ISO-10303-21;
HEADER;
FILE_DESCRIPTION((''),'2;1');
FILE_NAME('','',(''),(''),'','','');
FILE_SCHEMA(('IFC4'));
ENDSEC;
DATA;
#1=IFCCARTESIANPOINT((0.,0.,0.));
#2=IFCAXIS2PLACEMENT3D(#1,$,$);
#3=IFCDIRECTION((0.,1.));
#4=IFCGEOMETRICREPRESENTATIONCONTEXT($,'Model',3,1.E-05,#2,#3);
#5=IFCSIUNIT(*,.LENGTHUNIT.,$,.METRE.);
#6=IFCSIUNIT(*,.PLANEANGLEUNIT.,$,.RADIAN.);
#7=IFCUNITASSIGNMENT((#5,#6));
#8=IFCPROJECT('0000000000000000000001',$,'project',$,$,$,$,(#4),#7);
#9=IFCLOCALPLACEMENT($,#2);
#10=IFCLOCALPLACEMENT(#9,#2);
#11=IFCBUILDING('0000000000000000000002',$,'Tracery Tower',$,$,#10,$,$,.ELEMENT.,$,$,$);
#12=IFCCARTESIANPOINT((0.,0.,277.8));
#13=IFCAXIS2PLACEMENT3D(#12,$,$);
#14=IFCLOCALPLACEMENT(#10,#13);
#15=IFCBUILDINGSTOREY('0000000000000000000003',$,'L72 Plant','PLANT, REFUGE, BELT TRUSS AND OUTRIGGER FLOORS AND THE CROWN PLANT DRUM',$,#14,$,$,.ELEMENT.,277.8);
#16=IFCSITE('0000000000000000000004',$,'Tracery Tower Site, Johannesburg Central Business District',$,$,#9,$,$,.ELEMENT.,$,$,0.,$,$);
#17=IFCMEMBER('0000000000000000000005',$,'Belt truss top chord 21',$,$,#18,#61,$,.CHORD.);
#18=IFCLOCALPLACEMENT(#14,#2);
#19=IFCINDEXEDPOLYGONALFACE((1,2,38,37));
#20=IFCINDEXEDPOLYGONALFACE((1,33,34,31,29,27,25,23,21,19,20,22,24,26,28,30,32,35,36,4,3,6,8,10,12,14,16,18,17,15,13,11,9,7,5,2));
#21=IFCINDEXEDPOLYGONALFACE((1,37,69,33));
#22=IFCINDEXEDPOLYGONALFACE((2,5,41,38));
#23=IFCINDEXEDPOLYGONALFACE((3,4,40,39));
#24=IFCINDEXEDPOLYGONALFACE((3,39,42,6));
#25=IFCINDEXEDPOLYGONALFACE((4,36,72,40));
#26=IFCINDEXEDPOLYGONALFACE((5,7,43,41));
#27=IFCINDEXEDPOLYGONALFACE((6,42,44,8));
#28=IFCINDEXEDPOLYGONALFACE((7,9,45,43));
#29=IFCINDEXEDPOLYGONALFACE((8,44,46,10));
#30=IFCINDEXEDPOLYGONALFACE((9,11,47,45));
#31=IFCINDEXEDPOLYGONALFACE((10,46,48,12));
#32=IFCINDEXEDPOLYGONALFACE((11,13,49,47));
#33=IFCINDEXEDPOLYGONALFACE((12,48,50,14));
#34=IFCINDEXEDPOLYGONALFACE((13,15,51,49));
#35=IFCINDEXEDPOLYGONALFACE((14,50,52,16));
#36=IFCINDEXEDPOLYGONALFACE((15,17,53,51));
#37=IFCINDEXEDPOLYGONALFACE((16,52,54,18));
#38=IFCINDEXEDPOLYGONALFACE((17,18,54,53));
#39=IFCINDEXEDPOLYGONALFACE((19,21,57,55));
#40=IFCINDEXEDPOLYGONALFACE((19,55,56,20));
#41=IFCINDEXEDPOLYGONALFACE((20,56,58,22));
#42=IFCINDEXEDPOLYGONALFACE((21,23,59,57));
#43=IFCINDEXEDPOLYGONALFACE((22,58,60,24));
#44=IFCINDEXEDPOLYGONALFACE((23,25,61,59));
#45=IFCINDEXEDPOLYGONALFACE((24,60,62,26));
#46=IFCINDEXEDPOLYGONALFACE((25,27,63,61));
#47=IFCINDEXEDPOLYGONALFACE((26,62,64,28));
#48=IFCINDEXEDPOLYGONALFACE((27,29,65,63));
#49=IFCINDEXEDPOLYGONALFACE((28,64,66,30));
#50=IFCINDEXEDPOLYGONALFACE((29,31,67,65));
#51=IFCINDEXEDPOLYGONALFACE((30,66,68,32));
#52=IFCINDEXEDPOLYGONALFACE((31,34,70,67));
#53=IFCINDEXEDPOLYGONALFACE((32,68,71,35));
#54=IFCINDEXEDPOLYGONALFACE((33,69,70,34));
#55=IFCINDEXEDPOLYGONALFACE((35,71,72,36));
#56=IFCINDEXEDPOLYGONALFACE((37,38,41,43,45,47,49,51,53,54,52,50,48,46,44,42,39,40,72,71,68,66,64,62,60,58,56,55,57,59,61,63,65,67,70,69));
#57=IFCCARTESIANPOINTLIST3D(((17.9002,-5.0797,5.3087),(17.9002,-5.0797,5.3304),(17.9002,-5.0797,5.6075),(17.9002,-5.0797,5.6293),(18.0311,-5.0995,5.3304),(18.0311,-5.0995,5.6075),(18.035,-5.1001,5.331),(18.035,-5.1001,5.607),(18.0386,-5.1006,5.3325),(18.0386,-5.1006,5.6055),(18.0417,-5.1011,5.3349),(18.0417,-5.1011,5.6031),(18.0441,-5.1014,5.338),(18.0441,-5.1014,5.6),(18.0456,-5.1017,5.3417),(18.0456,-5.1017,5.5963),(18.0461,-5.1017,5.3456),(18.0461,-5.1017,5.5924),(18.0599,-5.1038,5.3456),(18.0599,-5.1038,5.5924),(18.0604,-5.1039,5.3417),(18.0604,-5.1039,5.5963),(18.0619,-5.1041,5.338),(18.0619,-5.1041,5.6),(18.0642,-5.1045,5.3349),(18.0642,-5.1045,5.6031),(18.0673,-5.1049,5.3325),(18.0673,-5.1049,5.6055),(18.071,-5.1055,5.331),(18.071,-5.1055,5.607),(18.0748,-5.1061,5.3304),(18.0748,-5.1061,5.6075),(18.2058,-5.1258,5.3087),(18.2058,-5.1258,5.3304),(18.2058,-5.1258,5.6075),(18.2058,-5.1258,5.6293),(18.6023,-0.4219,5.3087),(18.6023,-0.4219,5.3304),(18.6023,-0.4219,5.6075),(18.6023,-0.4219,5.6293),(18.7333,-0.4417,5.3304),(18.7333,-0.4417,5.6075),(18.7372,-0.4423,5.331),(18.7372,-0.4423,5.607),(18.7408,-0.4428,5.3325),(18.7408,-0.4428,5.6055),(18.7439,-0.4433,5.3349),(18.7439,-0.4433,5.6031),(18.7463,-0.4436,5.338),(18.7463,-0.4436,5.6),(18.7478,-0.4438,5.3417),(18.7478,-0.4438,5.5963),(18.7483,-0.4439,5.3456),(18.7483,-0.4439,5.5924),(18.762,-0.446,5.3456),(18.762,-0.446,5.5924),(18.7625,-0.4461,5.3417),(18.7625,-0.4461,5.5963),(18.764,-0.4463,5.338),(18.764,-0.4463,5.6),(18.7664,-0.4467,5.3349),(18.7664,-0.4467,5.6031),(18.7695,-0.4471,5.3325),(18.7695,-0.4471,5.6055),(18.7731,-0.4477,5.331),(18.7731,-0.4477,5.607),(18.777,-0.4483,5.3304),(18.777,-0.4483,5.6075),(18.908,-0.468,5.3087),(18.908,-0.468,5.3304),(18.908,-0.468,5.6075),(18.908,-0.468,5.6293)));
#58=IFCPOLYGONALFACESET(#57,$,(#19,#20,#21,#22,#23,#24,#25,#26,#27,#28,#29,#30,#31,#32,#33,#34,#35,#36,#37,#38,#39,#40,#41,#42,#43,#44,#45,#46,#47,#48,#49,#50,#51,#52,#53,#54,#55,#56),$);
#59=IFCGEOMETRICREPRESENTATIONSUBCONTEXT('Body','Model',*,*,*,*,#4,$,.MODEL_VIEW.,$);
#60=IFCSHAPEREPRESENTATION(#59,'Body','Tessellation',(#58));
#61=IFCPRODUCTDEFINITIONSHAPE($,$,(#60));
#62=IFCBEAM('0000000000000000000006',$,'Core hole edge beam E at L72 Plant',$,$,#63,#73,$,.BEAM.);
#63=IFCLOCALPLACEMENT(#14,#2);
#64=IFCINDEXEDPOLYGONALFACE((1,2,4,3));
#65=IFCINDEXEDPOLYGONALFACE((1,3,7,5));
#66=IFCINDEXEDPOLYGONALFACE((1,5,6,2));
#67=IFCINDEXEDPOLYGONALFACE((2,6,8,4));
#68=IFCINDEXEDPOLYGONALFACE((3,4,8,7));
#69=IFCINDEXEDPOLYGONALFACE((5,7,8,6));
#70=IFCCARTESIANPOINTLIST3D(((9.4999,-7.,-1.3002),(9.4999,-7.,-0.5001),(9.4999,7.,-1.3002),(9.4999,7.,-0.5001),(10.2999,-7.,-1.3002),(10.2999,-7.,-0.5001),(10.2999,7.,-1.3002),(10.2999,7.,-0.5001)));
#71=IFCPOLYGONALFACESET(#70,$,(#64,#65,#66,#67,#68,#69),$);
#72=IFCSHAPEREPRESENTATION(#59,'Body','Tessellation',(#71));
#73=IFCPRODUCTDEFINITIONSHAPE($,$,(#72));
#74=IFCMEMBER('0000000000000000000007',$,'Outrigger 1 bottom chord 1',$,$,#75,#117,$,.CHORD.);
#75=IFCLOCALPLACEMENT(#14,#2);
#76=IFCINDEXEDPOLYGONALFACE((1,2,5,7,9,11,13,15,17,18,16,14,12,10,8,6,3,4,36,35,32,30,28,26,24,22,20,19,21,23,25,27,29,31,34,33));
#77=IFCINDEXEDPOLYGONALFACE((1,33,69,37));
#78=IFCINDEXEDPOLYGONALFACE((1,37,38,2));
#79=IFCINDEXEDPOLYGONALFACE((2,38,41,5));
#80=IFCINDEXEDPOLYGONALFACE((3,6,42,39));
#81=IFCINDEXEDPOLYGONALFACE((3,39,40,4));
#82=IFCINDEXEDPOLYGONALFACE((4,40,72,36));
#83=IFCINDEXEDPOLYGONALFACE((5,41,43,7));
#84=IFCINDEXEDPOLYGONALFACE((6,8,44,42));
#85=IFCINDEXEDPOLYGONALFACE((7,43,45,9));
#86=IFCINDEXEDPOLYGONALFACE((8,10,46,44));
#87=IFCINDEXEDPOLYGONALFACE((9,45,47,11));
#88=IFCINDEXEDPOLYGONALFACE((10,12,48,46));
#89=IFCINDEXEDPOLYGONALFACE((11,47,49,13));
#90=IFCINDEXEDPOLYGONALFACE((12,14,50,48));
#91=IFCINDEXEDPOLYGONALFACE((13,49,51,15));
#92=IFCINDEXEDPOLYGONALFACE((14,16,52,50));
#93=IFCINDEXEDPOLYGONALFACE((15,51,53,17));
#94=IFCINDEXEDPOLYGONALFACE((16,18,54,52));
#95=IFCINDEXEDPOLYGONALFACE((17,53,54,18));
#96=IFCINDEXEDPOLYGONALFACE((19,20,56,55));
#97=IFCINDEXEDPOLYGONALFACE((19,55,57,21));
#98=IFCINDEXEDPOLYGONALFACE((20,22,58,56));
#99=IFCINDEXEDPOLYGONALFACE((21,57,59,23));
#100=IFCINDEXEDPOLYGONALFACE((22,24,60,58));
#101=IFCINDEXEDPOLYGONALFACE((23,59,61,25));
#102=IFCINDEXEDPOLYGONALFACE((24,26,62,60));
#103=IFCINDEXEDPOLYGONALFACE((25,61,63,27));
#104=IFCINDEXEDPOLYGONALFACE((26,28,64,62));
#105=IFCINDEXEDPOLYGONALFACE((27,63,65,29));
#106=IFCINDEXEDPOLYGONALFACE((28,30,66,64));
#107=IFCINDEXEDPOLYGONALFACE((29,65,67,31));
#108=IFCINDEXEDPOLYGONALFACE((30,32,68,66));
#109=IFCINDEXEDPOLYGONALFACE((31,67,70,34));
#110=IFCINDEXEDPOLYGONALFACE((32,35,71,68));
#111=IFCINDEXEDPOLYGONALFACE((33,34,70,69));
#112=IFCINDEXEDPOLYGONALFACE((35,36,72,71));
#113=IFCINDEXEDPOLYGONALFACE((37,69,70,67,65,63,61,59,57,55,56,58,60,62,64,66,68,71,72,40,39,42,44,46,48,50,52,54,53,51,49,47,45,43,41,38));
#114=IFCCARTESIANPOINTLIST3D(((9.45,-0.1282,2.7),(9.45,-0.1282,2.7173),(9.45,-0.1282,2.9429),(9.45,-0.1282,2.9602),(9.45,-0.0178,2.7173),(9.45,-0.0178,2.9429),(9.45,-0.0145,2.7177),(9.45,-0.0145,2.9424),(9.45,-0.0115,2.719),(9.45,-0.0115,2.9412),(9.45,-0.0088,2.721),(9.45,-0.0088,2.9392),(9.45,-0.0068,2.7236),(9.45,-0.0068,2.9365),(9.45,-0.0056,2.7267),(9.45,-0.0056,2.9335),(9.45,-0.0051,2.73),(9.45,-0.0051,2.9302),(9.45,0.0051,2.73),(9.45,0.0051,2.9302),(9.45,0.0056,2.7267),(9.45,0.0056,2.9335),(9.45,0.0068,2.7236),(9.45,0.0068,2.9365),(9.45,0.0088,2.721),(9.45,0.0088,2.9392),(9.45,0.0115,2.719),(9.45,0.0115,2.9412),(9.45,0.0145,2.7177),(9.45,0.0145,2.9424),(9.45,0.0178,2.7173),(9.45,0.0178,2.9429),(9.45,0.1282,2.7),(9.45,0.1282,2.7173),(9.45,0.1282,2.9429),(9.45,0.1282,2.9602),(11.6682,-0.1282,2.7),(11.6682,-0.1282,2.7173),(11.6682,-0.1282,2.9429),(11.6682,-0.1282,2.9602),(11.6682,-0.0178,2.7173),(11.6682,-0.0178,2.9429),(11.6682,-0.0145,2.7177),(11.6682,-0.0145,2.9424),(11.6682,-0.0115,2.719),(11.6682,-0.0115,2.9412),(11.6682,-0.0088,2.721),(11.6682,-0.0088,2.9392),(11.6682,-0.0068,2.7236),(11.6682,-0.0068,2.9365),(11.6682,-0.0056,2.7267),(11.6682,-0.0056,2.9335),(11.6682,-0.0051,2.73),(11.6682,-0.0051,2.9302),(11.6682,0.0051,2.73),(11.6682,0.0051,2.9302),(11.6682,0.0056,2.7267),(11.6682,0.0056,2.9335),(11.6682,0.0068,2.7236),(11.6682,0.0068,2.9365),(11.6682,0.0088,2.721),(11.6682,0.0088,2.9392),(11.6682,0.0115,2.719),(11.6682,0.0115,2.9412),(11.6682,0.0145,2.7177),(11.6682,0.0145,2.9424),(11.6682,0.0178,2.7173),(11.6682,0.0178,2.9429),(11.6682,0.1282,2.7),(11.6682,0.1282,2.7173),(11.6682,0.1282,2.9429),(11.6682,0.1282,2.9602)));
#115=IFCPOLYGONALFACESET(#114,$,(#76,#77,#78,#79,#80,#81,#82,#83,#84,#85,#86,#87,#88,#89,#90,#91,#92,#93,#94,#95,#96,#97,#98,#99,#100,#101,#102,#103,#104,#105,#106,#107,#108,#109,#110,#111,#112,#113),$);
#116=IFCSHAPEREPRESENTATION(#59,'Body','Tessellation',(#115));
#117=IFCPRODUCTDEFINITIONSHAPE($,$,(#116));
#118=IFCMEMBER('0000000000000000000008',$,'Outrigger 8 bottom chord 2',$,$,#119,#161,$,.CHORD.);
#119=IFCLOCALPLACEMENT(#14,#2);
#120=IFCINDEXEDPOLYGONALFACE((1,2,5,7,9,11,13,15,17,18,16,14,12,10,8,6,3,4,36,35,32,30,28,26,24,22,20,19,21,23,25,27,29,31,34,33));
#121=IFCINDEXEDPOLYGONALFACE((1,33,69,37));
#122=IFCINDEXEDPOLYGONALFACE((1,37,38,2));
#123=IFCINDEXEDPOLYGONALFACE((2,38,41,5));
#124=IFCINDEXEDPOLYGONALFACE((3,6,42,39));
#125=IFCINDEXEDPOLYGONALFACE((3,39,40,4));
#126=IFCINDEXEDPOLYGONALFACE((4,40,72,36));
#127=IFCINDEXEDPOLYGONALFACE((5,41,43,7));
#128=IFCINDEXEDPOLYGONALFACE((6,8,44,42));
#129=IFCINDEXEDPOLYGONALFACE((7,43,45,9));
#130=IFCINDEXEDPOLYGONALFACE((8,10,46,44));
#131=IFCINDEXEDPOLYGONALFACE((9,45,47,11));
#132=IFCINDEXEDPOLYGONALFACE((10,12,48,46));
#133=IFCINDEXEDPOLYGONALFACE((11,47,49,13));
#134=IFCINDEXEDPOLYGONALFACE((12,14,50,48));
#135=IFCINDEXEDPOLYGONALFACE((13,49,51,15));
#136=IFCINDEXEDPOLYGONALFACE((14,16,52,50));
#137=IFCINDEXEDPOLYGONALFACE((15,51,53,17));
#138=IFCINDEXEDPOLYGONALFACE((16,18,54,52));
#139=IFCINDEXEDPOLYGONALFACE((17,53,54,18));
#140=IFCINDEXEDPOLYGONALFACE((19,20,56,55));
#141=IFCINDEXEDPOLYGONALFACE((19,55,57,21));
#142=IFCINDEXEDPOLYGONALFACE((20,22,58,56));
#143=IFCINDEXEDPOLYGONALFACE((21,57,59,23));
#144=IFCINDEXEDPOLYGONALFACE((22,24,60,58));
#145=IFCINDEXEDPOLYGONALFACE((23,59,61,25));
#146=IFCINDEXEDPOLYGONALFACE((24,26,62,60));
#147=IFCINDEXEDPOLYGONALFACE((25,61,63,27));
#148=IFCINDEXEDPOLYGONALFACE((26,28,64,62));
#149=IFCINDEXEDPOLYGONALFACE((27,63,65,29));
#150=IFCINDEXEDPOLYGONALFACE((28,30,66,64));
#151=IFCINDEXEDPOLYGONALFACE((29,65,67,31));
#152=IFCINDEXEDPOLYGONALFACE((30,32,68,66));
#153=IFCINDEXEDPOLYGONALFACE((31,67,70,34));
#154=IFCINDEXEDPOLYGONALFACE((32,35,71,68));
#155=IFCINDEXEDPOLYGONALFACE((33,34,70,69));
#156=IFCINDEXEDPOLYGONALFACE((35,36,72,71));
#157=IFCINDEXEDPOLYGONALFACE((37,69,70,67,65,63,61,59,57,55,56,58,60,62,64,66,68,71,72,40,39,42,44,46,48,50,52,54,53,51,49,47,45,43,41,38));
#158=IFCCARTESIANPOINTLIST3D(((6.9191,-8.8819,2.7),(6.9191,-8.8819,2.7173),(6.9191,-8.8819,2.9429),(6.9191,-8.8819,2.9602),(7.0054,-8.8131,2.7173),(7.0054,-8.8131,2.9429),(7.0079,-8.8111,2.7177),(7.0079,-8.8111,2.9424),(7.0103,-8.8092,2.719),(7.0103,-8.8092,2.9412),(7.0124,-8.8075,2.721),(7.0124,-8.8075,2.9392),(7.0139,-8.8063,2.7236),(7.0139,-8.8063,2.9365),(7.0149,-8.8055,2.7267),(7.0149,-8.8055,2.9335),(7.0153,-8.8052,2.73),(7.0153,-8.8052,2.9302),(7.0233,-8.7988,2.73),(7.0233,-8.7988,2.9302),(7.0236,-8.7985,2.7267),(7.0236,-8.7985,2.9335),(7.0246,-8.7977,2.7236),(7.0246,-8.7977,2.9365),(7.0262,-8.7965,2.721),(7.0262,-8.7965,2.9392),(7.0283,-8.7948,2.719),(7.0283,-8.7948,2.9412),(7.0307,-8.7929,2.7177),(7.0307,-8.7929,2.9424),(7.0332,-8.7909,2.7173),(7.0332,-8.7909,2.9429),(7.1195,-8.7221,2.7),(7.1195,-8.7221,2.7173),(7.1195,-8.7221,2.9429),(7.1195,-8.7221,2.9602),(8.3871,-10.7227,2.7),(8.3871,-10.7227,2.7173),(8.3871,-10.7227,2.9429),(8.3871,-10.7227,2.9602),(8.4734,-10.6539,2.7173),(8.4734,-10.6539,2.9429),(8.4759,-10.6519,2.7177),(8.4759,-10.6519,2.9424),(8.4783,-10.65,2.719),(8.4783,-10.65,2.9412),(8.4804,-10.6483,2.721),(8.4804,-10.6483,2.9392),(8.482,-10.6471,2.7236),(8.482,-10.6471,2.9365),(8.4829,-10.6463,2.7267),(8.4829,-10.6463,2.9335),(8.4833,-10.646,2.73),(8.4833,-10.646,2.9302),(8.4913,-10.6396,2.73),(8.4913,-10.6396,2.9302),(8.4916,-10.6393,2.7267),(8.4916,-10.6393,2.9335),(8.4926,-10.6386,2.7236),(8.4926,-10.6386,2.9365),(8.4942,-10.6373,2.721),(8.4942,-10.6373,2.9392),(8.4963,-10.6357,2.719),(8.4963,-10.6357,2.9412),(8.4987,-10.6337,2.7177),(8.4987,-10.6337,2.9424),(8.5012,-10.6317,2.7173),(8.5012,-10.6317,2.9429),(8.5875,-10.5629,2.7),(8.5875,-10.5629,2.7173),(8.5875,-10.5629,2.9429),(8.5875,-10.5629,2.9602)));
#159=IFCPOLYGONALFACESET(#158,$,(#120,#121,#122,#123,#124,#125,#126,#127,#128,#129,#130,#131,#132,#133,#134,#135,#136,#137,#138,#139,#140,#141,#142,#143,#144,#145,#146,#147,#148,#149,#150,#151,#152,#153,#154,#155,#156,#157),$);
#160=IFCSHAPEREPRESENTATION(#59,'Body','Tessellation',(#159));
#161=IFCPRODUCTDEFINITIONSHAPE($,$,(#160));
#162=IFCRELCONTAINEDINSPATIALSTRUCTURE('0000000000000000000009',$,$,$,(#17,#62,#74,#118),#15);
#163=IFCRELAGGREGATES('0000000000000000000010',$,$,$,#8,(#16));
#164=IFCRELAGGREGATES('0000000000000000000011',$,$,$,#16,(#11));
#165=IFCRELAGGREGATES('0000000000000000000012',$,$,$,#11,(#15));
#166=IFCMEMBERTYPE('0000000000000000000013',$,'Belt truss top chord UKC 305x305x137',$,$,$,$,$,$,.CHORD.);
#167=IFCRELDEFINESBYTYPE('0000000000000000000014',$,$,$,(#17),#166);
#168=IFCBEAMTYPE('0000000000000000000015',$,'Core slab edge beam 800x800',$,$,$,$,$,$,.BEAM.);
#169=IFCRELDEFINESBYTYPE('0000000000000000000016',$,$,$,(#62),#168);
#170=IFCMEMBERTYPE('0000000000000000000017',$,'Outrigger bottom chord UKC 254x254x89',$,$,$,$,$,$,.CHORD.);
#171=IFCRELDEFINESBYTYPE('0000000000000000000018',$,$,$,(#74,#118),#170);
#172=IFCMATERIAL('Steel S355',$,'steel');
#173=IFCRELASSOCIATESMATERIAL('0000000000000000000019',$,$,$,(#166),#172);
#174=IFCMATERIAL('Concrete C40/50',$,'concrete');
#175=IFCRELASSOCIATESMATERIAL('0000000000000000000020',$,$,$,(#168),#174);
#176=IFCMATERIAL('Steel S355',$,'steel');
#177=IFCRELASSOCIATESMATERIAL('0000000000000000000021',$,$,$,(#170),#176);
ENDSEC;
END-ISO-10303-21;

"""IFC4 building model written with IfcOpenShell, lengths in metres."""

from ifc_helpers import new_model, si_unit, direction, frame, origin, origin_2d, place, context, subcontext, project, spatial, rectangle, i_section, extrude, material, material_profile, profile_set, type_object, element, save


model = new_model("IFC4")

# Units and contexts
model_context = context("Model", 3, precision=1e-05, world=origin(), true_north=direction((0.0, 1.0)))
body_context = subcontext(model_context, "Body", "Model", "MODEL_VIEW")
ifc_project = project(units=[si_unit("LENGTHUNIT", "METRE"), si_unit("PLANEANGLEUNIT", "RADIAN")], contexts=[model_context])

# Site, building, storey
site_placement = place(None, origin())
site = spatial("IfcSite", under=ifc_project, at=site_placement, Name="Tracery Tower Site, Johannesburg Central Business District", CompositionType="ELEMENT", RefElevation=0.0)
building_placement = place(site_placement, origin())
building = spatial("IfcBuilding", under=site, at=building_placement, Name="Tracery Tower", CompositionType="ELEMENT")
storey_placement = place(building_placement, frame((0.0, 0.0, 277.8)))
storey = spatial("IfcBuildingStorey", under=building, at=storey_placement, Name="L72 Plant", Description="PLANT, REFUGE, BELT TRUSS AND OUTRIGGER FLOORS AND THE CROWN PLANT DRUM", CompositionType="ELEMENT", Elevation=277.8)

# Member
ifc_material_1 = material(Name="Steel S355", Category="steel")
ifc_material_profile_1 = material_profile(ifc_material_1, i_section(OverallWidth=0.3091, OverallDepth=0.3206, WebThickness=0.0139, FlangeThickness=0.0217, FilletRadius=0.0151, at=origin_2d()), Name="UKC 305x305x137")
ifc_profile_set_1 = profile_set([ifc_material_profile_1], Name="Steel S355")
member_type_1 = type_object("IfcMemberType", Name="Belt truss top chord UKC 305x305x137", PredefinedType="CHORD", material=ifc_profile_set_1)
member_1_placement = place(storey_placement, frame((18.053, -5.1028, 5.469), z_axis=(0.149065, 0.988827, 0.0), x_axis=(-0.988827, 0.149065, 0.0)))
element("IfcMember", 1, at=member_1_placement, inside=storey, type_object=member_type_1, Name="Belt truss top chord 21", PredefinedType="CHORD", context=body_context, shape_type="SweptSolid", body=[
    extrude(i_section(OverallWidth=0.3091, OverallDepth=0.3206, WebThickness=0.0139, FlangeThickness=0.0217, FilletRadius=0.0151, at=origin_2d()), origin(), (0.0, 0.0, 1.0), 4.7104),
])

# Beam
ifc_material_2 = material(Name="Concrete C40/50", Category="concrete")
ifc_material_profile_2 = material_profile(ifc_material_2, rectangle(XDim=0.8, YDim=0.8, at=origin_2d()), Name="RC 800x800")
ifc_profile_set_2 = profile_set([ifc_material_profile_2], Name="Concrete C40/50")
beam_type_1 = type_object("IfcBeamType", Name="Core slab edge beam 800x800", PredefinedType="BEAM", material=ifc_profile_set_2)
beam_1_placement = place(storey_placement, frame((9.8999, -7.0, -0.9001), z_axis=(0.0, 1.0, 0.0), x_axis=(-1.0, 0.0, 0.0)))
element("IfcBeam", 2, at=beam_1_placement, inside=storey, type_object=beam_type_1, Name="Core hole edge beam E at L72 Plant", PredefinedType="BEAM", context=body_context, shape_type="SweptSolid", body=[
    extrude(rectangle(XDim=0.8, YDim=0.8, at=origin_2d()), origin(), (0.0, 0.0, 1.0), 14.0),
])

# Members
ifc_material_3 = material(Name="Steel S355", Category="steel")
ifc_material_profile_3 = material_profile(ifc_material_3, i_section(OverallWidth=0.2563, OverallDepth=0.2603, WebThickness=0.0103, FlangeThickness=0.0173, FilletRadius=0.0127, at=origin_2d()), Name="UKC 254x254x89")
ifc_profile_set_3 = profile_set([ifc_material_profile_3], Name="Steel S355")
member_type_2 = type_object("IfcMemberType", Name="Outrigger bottom chord UKC 254x254x89", PredefinedType="CHORD", material=ifc_profile_set_3)
member_2_placement = place(storey_placement, frame((9.45, 0.0, 2.8301), z_axis=(1.0, 0.0, 0.0), x_axis=(0.0, 1.0, 0.0)))
element("IfcMember", 3, at=member_2_placement, inside=storey, type_object=member_type_2, Name="Outrigger 1 bottom chord 1", PredefinedType="CHORD", context=body_context, shape_type="SweptSolid", body=[
    extrude(i_section(OverallWidth=0.2563, OverallDepth=0.2603, WebThickness=0.0103, FlangeThickness=0.0173, FilletRadius=0.0127, at=origin_2d()), origin(), (0.0, 0.0, 1.0), 2.2183),
])
member_3_placement = place(storey_placement, frame((7.0193, -8.802, 2.8301), z_axis=(0.623493, -0.781829, 0.0), x_axis=(0.781829, 0.623493, 0.0)))
element("IfcMember", 4, at=member_3_placement, inside=storey, type_object=member_type_2, Name="Outrigger 8 bottom chord 2", PredefinedType="CHORD", context=body_context, shape_type="SweptSolid", body=[
    extrude(i_section(OverallWidth=0.2563, OverallDepth=0.2603, WebThickness=0.0103, FlangeThickness=0.0173, FilletRadius=0.0127, at=origin_2d()), origin(), (0.0, 0.0, 1.0), 2.3545),
])

save(model, "model.ifc")
